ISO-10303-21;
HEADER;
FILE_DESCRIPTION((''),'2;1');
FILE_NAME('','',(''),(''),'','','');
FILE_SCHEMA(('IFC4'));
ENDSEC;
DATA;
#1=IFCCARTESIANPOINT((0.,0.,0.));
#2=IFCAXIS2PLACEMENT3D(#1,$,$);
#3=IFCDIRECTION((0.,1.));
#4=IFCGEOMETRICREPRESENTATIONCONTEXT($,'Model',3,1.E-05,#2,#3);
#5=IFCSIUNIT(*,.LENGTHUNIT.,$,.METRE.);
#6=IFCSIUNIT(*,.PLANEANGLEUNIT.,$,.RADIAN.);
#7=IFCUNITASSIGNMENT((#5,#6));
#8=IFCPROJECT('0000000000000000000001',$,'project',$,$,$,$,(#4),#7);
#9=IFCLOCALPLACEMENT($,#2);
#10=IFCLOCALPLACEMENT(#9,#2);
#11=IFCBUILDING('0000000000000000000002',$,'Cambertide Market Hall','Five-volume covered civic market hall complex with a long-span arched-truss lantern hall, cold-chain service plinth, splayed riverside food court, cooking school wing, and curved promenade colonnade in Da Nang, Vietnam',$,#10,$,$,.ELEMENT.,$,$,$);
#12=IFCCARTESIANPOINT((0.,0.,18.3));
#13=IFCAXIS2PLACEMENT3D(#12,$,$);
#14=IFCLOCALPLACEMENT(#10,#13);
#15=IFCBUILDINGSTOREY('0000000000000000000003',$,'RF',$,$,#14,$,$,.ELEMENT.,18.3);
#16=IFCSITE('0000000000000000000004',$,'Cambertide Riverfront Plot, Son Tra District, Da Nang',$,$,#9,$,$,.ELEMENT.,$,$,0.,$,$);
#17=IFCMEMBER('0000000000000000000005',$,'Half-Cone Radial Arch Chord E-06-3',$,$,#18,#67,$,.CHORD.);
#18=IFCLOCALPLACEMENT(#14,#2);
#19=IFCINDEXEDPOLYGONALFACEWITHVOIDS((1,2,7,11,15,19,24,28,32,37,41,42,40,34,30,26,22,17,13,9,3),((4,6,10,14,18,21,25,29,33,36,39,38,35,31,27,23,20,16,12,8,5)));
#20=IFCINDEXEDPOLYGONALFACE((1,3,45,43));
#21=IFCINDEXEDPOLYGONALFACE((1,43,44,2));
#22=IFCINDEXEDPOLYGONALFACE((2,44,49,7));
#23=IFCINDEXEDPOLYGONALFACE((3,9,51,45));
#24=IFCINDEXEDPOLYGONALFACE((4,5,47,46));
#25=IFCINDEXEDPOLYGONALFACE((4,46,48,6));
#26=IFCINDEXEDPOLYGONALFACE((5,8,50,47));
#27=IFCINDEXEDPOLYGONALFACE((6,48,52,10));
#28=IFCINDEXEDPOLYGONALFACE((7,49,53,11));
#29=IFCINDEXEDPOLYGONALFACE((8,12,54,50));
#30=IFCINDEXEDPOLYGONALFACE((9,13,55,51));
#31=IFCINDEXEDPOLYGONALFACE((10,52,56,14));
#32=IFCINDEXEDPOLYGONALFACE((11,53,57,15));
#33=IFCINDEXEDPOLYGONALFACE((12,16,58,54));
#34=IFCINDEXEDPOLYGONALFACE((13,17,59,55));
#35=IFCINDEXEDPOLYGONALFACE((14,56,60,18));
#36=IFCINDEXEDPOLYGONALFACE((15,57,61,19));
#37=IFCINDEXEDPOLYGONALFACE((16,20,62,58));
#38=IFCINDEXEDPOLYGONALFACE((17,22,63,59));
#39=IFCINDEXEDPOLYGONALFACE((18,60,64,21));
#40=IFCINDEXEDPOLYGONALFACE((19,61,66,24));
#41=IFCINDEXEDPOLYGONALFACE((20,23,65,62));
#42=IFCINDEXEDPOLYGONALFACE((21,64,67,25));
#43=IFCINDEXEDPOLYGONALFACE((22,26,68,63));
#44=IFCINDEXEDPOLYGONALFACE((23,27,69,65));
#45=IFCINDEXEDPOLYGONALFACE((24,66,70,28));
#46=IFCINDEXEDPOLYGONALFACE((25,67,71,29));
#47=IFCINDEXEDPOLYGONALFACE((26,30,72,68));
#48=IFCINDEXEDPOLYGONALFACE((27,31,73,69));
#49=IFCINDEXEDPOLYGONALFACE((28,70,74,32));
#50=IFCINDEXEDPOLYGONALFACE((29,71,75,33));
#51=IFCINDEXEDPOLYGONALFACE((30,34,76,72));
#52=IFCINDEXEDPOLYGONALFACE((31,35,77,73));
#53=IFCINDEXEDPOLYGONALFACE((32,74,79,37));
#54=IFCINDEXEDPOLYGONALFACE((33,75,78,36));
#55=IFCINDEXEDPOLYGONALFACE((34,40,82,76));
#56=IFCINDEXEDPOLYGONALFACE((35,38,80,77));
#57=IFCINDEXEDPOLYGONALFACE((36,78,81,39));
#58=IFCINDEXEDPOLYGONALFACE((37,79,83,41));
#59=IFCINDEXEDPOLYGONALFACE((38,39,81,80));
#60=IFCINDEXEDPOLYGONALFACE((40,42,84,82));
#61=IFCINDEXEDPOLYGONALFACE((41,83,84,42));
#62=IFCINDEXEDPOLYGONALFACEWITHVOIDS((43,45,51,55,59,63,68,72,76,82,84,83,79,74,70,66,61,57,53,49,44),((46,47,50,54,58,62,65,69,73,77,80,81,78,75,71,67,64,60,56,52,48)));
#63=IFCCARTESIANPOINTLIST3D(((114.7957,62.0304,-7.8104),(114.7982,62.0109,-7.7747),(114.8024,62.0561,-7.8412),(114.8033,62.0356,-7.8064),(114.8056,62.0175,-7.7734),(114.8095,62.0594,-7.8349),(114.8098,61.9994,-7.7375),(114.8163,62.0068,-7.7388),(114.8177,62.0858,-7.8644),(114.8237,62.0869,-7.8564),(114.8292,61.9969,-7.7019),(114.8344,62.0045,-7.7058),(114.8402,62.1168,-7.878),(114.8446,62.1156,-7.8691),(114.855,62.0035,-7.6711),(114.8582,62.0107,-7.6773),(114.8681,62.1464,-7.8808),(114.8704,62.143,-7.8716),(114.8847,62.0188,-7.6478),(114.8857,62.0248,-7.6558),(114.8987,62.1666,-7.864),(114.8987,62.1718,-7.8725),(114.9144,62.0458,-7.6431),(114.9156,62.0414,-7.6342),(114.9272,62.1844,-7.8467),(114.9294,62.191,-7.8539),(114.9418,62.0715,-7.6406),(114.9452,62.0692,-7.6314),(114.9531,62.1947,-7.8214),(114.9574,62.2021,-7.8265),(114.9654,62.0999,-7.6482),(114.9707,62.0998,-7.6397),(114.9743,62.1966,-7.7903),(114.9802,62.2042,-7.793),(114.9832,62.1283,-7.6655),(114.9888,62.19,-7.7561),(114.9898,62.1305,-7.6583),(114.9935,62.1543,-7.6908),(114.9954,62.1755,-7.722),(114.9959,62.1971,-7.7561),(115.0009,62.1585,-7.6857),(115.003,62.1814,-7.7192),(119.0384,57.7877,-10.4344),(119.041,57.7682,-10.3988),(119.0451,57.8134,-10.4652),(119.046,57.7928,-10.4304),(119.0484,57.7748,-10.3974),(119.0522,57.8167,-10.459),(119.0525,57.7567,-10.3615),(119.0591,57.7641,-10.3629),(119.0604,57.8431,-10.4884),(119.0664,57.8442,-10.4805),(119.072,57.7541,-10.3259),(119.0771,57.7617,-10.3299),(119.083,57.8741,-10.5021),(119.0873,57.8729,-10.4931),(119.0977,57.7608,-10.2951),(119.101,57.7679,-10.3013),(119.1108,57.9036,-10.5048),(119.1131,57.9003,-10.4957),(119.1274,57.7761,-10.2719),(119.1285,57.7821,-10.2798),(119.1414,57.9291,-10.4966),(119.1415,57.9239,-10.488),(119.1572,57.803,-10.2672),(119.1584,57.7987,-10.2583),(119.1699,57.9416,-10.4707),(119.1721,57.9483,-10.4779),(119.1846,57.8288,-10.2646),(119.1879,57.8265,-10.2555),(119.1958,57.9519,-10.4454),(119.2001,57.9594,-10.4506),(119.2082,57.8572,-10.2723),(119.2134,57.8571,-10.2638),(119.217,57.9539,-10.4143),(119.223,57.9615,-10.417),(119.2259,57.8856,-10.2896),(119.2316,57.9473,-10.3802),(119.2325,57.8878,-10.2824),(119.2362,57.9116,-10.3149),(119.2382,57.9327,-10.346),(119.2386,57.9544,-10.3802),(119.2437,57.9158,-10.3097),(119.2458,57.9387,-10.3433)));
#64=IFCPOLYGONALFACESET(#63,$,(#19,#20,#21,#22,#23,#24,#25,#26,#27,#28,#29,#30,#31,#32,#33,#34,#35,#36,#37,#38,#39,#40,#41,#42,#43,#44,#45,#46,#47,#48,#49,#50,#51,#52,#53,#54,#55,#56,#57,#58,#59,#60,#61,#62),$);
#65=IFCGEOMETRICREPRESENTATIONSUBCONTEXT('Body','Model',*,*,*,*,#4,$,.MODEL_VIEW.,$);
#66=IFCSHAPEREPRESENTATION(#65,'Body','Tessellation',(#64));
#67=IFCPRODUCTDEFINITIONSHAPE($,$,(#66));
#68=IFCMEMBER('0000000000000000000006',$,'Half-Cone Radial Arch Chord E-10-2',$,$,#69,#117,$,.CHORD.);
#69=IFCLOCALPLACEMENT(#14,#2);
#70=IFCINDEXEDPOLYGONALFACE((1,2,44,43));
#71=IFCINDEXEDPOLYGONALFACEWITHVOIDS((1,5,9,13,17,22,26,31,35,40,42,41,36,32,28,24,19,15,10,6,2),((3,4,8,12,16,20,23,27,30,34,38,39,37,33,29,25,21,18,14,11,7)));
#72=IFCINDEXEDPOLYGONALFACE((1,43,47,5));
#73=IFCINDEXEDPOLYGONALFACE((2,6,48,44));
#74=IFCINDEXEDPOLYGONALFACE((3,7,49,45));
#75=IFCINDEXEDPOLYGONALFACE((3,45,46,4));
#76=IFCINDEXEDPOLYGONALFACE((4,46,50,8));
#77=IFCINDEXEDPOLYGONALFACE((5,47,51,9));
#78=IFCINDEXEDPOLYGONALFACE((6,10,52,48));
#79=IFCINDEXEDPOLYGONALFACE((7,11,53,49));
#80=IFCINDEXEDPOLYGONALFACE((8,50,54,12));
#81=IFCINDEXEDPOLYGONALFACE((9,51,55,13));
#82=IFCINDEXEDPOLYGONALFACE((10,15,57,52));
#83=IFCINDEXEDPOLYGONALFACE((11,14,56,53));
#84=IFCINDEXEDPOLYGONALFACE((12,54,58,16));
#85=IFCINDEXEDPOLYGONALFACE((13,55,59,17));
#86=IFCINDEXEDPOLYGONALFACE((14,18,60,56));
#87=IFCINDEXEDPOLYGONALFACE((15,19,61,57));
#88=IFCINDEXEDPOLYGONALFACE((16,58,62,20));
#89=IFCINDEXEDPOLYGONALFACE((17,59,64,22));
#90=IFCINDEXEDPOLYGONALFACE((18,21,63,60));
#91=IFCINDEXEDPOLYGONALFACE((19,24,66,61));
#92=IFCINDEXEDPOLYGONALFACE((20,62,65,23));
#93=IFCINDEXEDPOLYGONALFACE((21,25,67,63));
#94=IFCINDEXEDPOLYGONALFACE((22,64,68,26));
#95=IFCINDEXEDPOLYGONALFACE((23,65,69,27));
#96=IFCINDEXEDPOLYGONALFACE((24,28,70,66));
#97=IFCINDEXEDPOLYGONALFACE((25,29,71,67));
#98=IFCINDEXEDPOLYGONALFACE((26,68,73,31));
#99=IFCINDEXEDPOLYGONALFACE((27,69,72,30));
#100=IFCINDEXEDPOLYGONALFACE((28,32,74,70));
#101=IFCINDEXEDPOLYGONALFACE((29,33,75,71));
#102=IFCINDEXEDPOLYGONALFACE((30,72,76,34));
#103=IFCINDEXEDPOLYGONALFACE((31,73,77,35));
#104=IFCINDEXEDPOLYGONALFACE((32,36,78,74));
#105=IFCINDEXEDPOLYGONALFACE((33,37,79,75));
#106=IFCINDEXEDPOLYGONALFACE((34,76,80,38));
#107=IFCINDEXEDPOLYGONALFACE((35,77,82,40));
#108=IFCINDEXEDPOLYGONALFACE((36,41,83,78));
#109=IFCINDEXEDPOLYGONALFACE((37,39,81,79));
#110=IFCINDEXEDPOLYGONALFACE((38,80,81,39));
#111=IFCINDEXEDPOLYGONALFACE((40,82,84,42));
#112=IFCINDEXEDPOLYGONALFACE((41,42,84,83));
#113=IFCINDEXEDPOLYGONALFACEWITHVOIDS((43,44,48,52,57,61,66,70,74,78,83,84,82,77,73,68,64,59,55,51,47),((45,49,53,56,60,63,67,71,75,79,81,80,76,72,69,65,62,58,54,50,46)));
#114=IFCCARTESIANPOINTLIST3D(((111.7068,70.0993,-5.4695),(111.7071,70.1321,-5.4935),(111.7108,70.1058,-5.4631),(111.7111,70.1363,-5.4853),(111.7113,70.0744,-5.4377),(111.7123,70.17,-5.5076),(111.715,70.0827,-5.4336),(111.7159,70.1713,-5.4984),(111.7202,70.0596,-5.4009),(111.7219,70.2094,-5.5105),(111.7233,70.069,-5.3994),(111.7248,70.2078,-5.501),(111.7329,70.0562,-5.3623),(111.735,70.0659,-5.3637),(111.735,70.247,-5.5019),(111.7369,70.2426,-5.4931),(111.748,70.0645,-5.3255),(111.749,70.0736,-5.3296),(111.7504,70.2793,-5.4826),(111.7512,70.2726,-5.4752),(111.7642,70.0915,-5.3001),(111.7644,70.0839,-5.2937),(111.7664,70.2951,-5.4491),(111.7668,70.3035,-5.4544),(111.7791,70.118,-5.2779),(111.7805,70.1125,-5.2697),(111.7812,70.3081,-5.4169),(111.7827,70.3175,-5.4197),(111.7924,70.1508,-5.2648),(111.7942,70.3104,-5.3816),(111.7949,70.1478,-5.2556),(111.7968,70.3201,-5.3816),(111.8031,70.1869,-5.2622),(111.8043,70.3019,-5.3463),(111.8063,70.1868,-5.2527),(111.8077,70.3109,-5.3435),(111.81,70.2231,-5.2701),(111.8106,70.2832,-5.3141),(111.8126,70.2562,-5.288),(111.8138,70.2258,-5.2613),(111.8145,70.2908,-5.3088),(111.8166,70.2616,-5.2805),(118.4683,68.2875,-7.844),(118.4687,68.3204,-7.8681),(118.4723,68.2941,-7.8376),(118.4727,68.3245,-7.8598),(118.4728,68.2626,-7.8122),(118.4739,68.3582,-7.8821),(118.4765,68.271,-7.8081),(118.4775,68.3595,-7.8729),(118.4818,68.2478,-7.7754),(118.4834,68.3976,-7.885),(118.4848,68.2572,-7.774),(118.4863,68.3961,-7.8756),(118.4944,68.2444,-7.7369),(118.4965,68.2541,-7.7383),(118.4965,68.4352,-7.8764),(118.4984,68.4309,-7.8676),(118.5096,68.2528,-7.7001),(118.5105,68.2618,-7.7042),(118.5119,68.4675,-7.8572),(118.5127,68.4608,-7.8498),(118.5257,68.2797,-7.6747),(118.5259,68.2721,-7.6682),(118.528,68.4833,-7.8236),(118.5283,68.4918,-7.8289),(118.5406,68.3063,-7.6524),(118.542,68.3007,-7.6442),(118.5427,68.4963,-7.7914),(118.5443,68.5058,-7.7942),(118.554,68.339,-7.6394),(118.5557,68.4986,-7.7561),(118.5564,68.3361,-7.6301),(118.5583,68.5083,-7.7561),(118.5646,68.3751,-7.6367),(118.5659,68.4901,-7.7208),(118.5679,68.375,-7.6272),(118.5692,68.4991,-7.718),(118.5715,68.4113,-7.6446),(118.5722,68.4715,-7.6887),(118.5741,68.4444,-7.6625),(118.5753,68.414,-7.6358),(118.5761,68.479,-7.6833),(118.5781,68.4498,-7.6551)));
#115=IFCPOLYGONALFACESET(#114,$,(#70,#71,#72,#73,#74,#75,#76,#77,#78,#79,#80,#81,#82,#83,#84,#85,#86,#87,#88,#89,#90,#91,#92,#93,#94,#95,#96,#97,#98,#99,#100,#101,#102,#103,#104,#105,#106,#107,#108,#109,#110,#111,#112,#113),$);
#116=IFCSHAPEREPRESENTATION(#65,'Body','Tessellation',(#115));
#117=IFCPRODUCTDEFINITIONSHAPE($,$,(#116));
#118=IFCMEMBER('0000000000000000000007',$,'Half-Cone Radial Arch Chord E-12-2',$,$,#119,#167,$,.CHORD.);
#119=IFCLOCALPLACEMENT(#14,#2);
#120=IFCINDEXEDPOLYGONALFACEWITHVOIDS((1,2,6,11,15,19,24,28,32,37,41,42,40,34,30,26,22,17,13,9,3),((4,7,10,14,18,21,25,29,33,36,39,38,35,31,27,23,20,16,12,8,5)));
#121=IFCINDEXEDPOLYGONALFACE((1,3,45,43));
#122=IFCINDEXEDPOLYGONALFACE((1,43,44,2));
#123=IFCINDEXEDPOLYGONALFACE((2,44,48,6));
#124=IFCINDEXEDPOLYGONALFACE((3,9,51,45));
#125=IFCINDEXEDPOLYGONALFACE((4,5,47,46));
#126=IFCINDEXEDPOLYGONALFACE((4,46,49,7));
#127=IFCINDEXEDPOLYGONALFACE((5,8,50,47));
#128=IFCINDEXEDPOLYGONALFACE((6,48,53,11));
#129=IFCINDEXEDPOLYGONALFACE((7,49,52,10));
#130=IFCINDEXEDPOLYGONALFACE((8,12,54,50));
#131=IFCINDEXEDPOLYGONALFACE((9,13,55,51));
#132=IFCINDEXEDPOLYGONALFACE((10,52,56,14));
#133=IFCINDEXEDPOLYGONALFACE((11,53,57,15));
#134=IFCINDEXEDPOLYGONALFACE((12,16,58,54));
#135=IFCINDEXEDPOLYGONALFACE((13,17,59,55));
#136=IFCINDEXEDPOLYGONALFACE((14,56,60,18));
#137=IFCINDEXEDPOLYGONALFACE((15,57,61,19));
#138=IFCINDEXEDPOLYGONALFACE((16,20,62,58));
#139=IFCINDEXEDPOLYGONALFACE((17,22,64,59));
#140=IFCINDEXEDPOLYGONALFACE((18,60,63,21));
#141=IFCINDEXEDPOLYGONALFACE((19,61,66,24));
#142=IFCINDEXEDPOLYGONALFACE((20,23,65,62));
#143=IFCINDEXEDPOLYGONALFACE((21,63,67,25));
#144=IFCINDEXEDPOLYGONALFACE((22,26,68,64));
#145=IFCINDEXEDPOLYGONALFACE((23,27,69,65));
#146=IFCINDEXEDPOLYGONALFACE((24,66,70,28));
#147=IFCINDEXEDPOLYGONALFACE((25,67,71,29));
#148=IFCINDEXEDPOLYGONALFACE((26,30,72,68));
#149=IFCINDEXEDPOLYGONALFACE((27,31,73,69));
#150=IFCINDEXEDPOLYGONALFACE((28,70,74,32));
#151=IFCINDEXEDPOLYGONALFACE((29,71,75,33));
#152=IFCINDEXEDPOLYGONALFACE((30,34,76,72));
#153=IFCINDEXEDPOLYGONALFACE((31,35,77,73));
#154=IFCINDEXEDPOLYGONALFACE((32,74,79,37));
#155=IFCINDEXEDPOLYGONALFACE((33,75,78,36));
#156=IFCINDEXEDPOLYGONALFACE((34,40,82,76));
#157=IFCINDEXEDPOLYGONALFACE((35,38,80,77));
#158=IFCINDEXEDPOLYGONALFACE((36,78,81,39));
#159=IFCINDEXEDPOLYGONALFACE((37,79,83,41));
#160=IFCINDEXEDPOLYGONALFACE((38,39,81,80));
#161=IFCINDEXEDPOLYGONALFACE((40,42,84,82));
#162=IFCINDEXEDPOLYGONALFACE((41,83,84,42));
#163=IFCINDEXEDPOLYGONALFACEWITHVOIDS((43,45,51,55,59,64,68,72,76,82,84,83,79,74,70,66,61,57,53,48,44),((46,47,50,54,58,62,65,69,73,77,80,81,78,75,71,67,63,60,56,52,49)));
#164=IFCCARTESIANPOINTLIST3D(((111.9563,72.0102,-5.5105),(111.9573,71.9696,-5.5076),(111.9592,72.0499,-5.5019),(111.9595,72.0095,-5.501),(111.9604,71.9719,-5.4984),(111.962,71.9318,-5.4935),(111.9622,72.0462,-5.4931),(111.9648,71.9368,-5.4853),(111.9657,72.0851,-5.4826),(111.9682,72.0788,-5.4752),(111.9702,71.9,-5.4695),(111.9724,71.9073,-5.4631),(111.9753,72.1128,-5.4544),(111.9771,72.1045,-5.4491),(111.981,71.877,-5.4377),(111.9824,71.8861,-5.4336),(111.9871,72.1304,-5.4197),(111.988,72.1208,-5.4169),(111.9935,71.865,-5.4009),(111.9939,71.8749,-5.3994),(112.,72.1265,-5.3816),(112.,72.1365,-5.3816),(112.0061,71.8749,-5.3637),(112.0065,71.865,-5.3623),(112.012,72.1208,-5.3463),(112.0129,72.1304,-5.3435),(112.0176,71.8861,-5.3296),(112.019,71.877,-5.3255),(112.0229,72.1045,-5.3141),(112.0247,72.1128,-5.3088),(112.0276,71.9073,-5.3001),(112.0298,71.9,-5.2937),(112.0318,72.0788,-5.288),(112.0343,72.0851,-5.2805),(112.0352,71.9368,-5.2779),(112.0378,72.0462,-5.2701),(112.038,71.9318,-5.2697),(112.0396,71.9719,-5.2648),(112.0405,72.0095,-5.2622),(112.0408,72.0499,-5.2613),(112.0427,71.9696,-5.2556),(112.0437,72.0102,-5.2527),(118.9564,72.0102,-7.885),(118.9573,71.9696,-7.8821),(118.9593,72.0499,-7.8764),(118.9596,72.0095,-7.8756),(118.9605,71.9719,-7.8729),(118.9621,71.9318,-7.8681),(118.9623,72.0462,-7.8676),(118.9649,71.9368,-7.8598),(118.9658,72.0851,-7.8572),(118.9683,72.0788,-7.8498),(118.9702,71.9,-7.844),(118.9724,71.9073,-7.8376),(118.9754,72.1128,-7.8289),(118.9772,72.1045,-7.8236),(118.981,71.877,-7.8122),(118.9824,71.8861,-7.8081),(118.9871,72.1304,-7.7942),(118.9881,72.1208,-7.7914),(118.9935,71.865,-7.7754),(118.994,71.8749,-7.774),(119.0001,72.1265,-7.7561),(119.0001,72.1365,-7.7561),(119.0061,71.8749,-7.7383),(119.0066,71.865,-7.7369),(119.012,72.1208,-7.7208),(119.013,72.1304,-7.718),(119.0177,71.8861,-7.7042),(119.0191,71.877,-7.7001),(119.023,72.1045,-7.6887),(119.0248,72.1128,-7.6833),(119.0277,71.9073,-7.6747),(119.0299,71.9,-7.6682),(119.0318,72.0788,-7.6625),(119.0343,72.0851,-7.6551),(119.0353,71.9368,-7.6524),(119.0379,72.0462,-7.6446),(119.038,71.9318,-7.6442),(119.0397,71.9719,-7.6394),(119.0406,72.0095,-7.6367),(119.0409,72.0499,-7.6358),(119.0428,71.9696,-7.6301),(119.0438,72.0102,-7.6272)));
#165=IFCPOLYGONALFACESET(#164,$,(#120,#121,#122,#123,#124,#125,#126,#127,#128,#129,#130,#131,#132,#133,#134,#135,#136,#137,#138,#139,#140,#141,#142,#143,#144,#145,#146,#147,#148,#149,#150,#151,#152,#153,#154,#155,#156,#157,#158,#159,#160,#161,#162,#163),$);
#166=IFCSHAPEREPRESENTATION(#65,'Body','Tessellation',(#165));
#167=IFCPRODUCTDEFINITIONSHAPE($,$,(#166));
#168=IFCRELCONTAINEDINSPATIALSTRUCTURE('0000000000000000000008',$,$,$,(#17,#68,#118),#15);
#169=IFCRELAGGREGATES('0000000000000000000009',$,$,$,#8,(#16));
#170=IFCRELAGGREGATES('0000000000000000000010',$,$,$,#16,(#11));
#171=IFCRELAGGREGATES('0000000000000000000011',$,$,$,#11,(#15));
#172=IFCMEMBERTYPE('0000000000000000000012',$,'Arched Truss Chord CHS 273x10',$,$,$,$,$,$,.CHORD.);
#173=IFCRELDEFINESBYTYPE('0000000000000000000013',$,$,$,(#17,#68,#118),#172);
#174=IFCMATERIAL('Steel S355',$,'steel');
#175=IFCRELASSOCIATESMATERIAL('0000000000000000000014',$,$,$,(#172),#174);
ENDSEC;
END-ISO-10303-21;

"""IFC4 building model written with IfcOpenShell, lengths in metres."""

from ifc_helpers import new_model, si_unit, direction, frame, origin, origin_2d, place, context, subcontext, project, spatial, hollow_circle, extrude, material, material_profile, profile_set, type_object, element, save


model = new_model("IFC4")

# Units and contexts
model_context = context("Model", 3, precision=1e-05, world=origin(), true_north=direction((0.0, 1.0)))
body_context = subcontext(model_context, "Body", "Model", "MODEL_VIEW")
ifc_project = project(units=[si_unit("LENGTHUNIT", "METRE"), si_unit("PLANEANGLEUNIT", "RADIAN")], contexts=[model_context])

# Site, building, storey
site_placement = place(None, origin())
site = spatial("IfcSite", under=ifc_project, at=site_placement, Name="Cambertide Riverfront Plot, Son Tra District, Da Nang", CompositionType="ELEMENT", RefElevation=0.0)
building_placement = place(site_placement, origin())
building = spatial("IfcBuilding", under=site, at=building_placement, Name="Cambertide Market Hall", Description="Five-volume covered civic market hall complex with a long-span arched-truss lantern hall, cold-chain service plinth, splayed riverside food court, cooking school wing, and curved promenade colonnade in Da Nang, Vietnam", CompositionType="ELEMENT")
storey_placement = place(building_placement, frame((0.0, 0.0, 18.3)))
storey = spatial("IfcBuildingStorey", under=building, at=storey_placement, Name="RF", CompositionType="ELEMENT", Elevation=18.3)

# Members
ifc_material_1 = material(Name="Steel S355", Category="steel")
ifc_material_profile_1 = material_profile(ifc_material_1, hollow_circle(Radius=0.1365, WallThickness=0.01, at=origin_2d()), Name="CHS 273x10")
ifc_profile_set_1 = profile_set([ifc_material_profile_1], Name="Steel S355")
member_type_1 = type_object("IfcMemberType", Name="Arched Truss Chord CHS 273x10", PredefinedType="CHORD", material=ifc_profile_set_1)
member_1_placement = place(storey_placement, frame((114.8994, 62.1006, -7.7561), z_axis=(0.647861, -0.647861, -0.400691), x_axis=(0.707107, 0.707107, 0.0)))
element("IfcMember", 1, at=member_1_placement, inside=storey, type_object=member_type_1, Name="Half-Cone Radial Arch Chord E-06-3", PredefinedType="CHORD", context=body_context, shape_type="SweptSolid", body=[
    extrude(hollow_circle(Radius=0.1365, WallThickness=0.01, at=origin_2d()), origin(), (0.0, 0.0, 1.0), 6.5488),
])
for number, where, z_axis, x_axis, name in (
    (2, (111.7615, 70.1882, -5.3816), (0.914729, -0.245106, -0.321237), (0.258824, 0.965925, 0.0), "Half-Cone Radial Arch Chord E-10-2"),
    (3, (112.0, 72.0, -5.3816), (0.946999, 0.0, -0.321237), (0.0, 1.0, 0.0), "Half-Cone Radial Arch Chord E-12-2"),
):
    element("IfcMember", number, at=place(storey_placement, frame(where, z_axis=z_axis, x_axis=x_axis)), inside=storey, type_object=member_type_1, Name=name, PredefinedType="CHORD", context=body_context, shape_type="SweptSolid", body=[
        extrude(hollow_circle(Radius=0.1365, WallThickness=0.01, at=origin_2d()), origin(), (0.0, 0.0, 1.0), 7.3918),
    ])

save(model, "model.ifc")
